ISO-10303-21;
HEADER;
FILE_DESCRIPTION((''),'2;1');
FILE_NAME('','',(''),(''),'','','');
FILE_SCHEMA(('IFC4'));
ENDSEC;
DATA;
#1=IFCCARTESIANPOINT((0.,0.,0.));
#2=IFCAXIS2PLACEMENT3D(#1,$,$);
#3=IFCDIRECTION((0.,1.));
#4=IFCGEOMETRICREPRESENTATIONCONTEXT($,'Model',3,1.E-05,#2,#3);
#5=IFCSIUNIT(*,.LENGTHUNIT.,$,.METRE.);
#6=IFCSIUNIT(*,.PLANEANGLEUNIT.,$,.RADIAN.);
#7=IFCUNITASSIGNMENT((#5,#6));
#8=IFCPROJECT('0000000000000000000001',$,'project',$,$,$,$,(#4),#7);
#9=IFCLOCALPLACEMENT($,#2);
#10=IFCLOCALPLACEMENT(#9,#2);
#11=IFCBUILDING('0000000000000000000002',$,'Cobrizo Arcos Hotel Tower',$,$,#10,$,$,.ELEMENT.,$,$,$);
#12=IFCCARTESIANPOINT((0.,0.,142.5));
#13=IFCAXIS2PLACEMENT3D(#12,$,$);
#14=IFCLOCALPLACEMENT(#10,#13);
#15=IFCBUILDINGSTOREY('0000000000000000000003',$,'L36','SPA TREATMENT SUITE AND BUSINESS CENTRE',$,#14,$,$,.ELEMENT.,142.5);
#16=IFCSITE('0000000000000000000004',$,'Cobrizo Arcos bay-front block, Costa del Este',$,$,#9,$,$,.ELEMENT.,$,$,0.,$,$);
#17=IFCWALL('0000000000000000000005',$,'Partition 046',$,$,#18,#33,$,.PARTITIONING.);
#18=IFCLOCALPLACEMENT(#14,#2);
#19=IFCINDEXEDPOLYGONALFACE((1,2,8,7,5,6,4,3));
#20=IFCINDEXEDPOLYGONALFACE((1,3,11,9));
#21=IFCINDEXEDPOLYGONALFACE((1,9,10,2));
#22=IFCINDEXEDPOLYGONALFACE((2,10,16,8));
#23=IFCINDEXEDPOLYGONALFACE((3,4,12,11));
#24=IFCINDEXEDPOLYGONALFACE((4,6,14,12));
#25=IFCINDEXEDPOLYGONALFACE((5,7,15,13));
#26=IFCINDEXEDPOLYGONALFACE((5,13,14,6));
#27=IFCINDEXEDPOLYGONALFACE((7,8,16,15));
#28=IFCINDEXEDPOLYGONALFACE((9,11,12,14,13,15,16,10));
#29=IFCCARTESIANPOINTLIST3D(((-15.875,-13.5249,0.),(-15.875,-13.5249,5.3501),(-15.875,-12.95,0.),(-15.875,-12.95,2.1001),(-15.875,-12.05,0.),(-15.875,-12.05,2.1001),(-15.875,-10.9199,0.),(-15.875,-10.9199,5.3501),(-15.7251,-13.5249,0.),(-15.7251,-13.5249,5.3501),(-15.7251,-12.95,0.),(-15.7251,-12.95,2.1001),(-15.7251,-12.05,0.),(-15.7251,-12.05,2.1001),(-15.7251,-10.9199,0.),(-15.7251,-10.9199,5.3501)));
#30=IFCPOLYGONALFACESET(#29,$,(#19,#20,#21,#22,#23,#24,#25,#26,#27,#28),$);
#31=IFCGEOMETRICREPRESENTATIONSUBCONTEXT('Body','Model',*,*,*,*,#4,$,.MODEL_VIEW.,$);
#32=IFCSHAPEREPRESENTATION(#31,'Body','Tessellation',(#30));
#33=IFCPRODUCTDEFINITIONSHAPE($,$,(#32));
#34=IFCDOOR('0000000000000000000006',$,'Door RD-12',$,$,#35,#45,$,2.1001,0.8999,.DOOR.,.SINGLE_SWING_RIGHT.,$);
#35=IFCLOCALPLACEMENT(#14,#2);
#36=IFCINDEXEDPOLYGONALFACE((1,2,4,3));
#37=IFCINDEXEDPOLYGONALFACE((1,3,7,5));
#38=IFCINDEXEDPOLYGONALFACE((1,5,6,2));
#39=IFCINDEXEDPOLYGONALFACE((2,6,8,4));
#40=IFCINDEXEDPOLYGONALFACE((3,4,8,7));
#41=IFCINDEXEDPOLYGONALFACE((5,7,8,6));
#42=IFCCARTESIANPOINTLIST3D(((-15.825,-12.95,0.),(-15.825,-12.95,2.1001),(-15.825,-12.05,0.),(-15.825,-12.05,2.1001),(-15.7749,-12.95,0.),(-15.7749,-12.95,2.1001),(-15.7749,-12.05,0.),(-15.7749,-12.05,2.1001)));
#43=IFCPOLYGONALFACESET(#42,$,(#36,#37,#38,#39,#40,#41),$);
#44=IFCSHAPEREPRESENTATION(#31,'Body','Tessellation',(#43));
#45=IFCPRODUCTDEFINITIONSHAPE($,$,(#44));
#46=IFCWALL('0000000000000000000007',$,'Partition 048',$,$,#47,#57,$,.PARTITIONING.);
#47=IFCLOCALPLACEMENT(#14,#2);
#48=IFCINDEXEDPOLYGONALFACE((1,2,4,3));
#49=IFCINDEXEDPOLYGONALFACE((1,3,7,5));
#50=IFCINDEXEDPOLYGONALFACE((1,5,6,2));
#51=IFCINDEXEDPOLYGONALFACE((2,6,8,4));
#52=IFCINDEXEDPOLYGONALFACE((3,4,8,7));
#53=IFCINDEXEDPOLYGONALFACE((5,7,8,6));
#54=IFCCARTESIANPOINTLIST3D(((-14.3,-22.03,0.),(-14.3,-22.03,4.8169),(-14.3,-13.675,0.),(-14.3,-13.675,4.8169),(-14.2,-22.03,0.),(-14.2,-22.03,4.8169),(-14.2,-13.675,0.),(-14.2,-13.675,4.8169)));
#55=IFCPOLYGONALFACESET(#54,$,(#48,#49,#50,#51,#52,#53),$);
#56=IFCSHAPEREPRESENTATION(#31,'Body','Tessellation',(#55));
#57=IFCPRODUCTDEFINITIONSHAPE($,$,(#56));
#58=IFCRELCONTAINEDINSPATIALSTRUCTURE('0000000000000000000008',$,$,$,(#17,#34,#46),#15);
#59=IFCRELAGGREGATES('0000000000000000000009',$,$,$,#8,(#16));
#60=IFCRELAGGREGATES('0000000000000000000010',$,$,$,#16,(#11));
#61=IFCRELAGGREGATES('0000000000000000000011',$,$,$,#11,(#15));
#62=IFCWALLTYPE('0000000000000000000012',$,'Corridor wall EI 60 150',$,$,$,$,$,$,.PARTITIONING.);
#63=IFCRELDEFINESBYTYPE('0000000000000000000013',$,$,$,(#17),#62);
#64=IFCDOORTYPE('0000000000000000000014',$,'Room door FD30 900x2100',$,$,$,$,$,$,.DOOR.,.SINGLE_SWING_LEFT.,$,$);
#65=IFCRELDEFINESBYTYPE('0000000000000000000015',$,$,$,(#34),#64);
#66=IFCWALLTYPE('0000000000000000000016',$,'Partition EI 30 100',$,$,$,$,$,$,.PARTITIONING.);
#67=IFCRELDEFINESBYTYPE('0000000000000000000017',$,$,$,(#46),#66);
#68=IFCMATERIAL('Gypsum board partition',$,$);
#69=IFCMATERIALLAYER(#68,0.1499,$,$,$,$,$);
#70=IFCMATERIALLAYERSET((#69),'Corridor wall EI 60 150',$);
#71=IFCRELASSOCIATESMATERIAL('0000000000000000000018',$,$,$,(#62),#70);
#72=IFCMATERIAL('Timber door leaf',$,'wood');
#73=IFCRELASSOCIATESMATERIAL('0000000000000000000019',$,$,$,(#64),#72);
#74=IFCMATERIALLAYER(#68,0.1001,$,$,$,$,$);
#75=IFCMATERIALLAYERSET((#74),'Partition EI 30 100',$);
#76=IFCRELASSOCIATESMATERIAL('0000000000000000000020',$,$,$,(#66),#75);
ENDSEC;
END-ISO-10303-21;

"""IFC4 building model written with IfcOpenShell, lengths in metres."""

from ifc_helpers import new_model, si_unit, direction, frame, frame_2d, origin, place, context, subcontext, project, spatial, rectangle, extrude, material, layer, layer_set, type_object, element, fill, save


model = new_model("IFC4")

# Units and contexts
model_context = context("Model", 3, precision=1e-05, world=origin(), true_north=direction((0.0, 1.0)))
body_context = subcontext(model_context, "Body", "Model", "MODEL_VIEW")
ifc_project = project(units=[si_unit("LENGTHUNIT", "METRE"), si_unit("PLANEANGLEUNIT", "RADIAN")], contexts=[model_context])

# Site, building, storey
site_placement = place(None, origin())
site = spatial("IfcSite", under=ifc_project, at=site_placement, Name="Cobrizo Arcos bay-front block, Costa del Este", CompositionType="ELEMENT", RefElevation=0.0)
building_placement = place(site_placement, origin())
building = spatial("IfcBuilding", under=site, at=building_placement, Name="Cobrizo Arcos Hotel Tower", CompositionType="ELEMENT")
storey_placement = place(building_placement, frame((0.0, 0.0, 142.5)))
storey = spatial("IfcBuildingStorey", under=building, at=storey_placement, Name="L36", Description="SPA TREATMENT SUITE AND BUSINESS CENTRE", CompositionType="ELEMENT", Elevation=142.5)

# Shared definitions
ifc_material_1 = material(Name="Gypsum board partition")
ifc_layer_1 = layer(ifc_material_1, 0.1499)
ifc_layer_set_1 = layer_set([ifc_layer_1], Name="Corridor wall EI 60 150")
wall_type_1 = type_object("IfcWallType", Name="Corridor wall EI 60 150", PredefinedType="PARTITIONING", material=ifc_layer_set_1)
ifc_material_2 = material(Name="Timber door leaf", Category="wood")
door_type_1 = type_object("IfcDoorType", Name="Room door FD30 900x2100", OperationType="SINGLE_SWING_LEFT", PredefinedType="DOOR", material=ifc_material_2)

# Wall, opening, door
wall_1_placement = place(storey_placement, frame((-15.8, -13.5249, 0.0), z_axis=(0.0, 0.0, 1.0), x_axis=(0.0, 1.0, 0.0)))
wall_1 = element("IfcWall", 1, at=wall_1_placement, inside=storey, type_object=wall_type_1, Name="Partition 046", PredefinedType="PARTITIONING", context=body_context, shape_type="SweptSolid", body=[
    extrude(rectangle(XDim=2.605, YDim=0.1499, at=frame_2d((1.3025, 0.0))), origin(), (0.0, 0.0, 1.0), 5.3501),
])
opening_1_placement = place(wall_1_placement, frame((0.575, 0.0, 0.0)))
opening_1 = element("IfcOpeningElement", 2, at=opening_1_placement, cuts=wall_1, PredefinedType="OPENING", context=body_context, shape_type="SweptSolid", body=[
    extrude(rectangle(XDim=0.8999, YDim=2.1001, at=frame_2d((0.45, 1.05))), frame((0.0, 0.0869, 0.0), z_axis=(0.0, -1.0, 0.0), x_axis=(1.0, 0.0, 0.0)), (0.0, 0.0, 1.0), 0.1738),
])
door_1_placement = place(opening_1_placement, origin())
door_1 = element("IfcDoor", 3, at=door_1_placement, inside=storey, type_object=door_type_1, Name="Door RD-12", OperationType="SINGLE_SWING_RIGHT", OverallHeight=2.1001, OverallWidth=0.8999, PredefinedType="DOOR", context=body_context, shape_type="SweptSolid", body=[
    extrude(rectangle(XDim=0.8999, YDim=2.1001, at=frame_2d((0.45, 1.05))), frame((0.0, 0.0249, 0.0), z_axis=(0.0, -1.0, 0.0), x_axis=(1.0, 0.0, 0.0)), (0.0, 0.0, 1.0), 0.05),
])
fill(opening_1, door_1)

# Wall
ifc_layer_2 = layer(ifc_material_1, 0.1001)
ifc_layer_set_2 = layer_set([ifc_layer_2], Name="Partition EI 30 100")
wall_type_2 = type_object("IfcWallType", Name="Partition EI 30 100", PredefinedType="PARTITIONING", material=ifc_layer_set_2)
wall_2_placement = place(storey_placement, frame((-14.25, -22.03, 0.0), z_axis=(0.0, 0.0, 1.0), x_axis=(0.0, 1.0, 0.0)))
element("IfcWall", 4, at=wall_2_placement, inside=storey, type_object=wall_type_2, Name="Partition 048", PredefinedType="PARTITIONING", context=body_context, shape_type="SweptSolid", body=[
    extrude(rectangle(XDim=8.355, YDim=0.1001, at=frame_2d((4.1775, 0.0))), origin(), (0.0, 0.0, 1.0), 4.8169),
])

save(model, "model.ifc")
